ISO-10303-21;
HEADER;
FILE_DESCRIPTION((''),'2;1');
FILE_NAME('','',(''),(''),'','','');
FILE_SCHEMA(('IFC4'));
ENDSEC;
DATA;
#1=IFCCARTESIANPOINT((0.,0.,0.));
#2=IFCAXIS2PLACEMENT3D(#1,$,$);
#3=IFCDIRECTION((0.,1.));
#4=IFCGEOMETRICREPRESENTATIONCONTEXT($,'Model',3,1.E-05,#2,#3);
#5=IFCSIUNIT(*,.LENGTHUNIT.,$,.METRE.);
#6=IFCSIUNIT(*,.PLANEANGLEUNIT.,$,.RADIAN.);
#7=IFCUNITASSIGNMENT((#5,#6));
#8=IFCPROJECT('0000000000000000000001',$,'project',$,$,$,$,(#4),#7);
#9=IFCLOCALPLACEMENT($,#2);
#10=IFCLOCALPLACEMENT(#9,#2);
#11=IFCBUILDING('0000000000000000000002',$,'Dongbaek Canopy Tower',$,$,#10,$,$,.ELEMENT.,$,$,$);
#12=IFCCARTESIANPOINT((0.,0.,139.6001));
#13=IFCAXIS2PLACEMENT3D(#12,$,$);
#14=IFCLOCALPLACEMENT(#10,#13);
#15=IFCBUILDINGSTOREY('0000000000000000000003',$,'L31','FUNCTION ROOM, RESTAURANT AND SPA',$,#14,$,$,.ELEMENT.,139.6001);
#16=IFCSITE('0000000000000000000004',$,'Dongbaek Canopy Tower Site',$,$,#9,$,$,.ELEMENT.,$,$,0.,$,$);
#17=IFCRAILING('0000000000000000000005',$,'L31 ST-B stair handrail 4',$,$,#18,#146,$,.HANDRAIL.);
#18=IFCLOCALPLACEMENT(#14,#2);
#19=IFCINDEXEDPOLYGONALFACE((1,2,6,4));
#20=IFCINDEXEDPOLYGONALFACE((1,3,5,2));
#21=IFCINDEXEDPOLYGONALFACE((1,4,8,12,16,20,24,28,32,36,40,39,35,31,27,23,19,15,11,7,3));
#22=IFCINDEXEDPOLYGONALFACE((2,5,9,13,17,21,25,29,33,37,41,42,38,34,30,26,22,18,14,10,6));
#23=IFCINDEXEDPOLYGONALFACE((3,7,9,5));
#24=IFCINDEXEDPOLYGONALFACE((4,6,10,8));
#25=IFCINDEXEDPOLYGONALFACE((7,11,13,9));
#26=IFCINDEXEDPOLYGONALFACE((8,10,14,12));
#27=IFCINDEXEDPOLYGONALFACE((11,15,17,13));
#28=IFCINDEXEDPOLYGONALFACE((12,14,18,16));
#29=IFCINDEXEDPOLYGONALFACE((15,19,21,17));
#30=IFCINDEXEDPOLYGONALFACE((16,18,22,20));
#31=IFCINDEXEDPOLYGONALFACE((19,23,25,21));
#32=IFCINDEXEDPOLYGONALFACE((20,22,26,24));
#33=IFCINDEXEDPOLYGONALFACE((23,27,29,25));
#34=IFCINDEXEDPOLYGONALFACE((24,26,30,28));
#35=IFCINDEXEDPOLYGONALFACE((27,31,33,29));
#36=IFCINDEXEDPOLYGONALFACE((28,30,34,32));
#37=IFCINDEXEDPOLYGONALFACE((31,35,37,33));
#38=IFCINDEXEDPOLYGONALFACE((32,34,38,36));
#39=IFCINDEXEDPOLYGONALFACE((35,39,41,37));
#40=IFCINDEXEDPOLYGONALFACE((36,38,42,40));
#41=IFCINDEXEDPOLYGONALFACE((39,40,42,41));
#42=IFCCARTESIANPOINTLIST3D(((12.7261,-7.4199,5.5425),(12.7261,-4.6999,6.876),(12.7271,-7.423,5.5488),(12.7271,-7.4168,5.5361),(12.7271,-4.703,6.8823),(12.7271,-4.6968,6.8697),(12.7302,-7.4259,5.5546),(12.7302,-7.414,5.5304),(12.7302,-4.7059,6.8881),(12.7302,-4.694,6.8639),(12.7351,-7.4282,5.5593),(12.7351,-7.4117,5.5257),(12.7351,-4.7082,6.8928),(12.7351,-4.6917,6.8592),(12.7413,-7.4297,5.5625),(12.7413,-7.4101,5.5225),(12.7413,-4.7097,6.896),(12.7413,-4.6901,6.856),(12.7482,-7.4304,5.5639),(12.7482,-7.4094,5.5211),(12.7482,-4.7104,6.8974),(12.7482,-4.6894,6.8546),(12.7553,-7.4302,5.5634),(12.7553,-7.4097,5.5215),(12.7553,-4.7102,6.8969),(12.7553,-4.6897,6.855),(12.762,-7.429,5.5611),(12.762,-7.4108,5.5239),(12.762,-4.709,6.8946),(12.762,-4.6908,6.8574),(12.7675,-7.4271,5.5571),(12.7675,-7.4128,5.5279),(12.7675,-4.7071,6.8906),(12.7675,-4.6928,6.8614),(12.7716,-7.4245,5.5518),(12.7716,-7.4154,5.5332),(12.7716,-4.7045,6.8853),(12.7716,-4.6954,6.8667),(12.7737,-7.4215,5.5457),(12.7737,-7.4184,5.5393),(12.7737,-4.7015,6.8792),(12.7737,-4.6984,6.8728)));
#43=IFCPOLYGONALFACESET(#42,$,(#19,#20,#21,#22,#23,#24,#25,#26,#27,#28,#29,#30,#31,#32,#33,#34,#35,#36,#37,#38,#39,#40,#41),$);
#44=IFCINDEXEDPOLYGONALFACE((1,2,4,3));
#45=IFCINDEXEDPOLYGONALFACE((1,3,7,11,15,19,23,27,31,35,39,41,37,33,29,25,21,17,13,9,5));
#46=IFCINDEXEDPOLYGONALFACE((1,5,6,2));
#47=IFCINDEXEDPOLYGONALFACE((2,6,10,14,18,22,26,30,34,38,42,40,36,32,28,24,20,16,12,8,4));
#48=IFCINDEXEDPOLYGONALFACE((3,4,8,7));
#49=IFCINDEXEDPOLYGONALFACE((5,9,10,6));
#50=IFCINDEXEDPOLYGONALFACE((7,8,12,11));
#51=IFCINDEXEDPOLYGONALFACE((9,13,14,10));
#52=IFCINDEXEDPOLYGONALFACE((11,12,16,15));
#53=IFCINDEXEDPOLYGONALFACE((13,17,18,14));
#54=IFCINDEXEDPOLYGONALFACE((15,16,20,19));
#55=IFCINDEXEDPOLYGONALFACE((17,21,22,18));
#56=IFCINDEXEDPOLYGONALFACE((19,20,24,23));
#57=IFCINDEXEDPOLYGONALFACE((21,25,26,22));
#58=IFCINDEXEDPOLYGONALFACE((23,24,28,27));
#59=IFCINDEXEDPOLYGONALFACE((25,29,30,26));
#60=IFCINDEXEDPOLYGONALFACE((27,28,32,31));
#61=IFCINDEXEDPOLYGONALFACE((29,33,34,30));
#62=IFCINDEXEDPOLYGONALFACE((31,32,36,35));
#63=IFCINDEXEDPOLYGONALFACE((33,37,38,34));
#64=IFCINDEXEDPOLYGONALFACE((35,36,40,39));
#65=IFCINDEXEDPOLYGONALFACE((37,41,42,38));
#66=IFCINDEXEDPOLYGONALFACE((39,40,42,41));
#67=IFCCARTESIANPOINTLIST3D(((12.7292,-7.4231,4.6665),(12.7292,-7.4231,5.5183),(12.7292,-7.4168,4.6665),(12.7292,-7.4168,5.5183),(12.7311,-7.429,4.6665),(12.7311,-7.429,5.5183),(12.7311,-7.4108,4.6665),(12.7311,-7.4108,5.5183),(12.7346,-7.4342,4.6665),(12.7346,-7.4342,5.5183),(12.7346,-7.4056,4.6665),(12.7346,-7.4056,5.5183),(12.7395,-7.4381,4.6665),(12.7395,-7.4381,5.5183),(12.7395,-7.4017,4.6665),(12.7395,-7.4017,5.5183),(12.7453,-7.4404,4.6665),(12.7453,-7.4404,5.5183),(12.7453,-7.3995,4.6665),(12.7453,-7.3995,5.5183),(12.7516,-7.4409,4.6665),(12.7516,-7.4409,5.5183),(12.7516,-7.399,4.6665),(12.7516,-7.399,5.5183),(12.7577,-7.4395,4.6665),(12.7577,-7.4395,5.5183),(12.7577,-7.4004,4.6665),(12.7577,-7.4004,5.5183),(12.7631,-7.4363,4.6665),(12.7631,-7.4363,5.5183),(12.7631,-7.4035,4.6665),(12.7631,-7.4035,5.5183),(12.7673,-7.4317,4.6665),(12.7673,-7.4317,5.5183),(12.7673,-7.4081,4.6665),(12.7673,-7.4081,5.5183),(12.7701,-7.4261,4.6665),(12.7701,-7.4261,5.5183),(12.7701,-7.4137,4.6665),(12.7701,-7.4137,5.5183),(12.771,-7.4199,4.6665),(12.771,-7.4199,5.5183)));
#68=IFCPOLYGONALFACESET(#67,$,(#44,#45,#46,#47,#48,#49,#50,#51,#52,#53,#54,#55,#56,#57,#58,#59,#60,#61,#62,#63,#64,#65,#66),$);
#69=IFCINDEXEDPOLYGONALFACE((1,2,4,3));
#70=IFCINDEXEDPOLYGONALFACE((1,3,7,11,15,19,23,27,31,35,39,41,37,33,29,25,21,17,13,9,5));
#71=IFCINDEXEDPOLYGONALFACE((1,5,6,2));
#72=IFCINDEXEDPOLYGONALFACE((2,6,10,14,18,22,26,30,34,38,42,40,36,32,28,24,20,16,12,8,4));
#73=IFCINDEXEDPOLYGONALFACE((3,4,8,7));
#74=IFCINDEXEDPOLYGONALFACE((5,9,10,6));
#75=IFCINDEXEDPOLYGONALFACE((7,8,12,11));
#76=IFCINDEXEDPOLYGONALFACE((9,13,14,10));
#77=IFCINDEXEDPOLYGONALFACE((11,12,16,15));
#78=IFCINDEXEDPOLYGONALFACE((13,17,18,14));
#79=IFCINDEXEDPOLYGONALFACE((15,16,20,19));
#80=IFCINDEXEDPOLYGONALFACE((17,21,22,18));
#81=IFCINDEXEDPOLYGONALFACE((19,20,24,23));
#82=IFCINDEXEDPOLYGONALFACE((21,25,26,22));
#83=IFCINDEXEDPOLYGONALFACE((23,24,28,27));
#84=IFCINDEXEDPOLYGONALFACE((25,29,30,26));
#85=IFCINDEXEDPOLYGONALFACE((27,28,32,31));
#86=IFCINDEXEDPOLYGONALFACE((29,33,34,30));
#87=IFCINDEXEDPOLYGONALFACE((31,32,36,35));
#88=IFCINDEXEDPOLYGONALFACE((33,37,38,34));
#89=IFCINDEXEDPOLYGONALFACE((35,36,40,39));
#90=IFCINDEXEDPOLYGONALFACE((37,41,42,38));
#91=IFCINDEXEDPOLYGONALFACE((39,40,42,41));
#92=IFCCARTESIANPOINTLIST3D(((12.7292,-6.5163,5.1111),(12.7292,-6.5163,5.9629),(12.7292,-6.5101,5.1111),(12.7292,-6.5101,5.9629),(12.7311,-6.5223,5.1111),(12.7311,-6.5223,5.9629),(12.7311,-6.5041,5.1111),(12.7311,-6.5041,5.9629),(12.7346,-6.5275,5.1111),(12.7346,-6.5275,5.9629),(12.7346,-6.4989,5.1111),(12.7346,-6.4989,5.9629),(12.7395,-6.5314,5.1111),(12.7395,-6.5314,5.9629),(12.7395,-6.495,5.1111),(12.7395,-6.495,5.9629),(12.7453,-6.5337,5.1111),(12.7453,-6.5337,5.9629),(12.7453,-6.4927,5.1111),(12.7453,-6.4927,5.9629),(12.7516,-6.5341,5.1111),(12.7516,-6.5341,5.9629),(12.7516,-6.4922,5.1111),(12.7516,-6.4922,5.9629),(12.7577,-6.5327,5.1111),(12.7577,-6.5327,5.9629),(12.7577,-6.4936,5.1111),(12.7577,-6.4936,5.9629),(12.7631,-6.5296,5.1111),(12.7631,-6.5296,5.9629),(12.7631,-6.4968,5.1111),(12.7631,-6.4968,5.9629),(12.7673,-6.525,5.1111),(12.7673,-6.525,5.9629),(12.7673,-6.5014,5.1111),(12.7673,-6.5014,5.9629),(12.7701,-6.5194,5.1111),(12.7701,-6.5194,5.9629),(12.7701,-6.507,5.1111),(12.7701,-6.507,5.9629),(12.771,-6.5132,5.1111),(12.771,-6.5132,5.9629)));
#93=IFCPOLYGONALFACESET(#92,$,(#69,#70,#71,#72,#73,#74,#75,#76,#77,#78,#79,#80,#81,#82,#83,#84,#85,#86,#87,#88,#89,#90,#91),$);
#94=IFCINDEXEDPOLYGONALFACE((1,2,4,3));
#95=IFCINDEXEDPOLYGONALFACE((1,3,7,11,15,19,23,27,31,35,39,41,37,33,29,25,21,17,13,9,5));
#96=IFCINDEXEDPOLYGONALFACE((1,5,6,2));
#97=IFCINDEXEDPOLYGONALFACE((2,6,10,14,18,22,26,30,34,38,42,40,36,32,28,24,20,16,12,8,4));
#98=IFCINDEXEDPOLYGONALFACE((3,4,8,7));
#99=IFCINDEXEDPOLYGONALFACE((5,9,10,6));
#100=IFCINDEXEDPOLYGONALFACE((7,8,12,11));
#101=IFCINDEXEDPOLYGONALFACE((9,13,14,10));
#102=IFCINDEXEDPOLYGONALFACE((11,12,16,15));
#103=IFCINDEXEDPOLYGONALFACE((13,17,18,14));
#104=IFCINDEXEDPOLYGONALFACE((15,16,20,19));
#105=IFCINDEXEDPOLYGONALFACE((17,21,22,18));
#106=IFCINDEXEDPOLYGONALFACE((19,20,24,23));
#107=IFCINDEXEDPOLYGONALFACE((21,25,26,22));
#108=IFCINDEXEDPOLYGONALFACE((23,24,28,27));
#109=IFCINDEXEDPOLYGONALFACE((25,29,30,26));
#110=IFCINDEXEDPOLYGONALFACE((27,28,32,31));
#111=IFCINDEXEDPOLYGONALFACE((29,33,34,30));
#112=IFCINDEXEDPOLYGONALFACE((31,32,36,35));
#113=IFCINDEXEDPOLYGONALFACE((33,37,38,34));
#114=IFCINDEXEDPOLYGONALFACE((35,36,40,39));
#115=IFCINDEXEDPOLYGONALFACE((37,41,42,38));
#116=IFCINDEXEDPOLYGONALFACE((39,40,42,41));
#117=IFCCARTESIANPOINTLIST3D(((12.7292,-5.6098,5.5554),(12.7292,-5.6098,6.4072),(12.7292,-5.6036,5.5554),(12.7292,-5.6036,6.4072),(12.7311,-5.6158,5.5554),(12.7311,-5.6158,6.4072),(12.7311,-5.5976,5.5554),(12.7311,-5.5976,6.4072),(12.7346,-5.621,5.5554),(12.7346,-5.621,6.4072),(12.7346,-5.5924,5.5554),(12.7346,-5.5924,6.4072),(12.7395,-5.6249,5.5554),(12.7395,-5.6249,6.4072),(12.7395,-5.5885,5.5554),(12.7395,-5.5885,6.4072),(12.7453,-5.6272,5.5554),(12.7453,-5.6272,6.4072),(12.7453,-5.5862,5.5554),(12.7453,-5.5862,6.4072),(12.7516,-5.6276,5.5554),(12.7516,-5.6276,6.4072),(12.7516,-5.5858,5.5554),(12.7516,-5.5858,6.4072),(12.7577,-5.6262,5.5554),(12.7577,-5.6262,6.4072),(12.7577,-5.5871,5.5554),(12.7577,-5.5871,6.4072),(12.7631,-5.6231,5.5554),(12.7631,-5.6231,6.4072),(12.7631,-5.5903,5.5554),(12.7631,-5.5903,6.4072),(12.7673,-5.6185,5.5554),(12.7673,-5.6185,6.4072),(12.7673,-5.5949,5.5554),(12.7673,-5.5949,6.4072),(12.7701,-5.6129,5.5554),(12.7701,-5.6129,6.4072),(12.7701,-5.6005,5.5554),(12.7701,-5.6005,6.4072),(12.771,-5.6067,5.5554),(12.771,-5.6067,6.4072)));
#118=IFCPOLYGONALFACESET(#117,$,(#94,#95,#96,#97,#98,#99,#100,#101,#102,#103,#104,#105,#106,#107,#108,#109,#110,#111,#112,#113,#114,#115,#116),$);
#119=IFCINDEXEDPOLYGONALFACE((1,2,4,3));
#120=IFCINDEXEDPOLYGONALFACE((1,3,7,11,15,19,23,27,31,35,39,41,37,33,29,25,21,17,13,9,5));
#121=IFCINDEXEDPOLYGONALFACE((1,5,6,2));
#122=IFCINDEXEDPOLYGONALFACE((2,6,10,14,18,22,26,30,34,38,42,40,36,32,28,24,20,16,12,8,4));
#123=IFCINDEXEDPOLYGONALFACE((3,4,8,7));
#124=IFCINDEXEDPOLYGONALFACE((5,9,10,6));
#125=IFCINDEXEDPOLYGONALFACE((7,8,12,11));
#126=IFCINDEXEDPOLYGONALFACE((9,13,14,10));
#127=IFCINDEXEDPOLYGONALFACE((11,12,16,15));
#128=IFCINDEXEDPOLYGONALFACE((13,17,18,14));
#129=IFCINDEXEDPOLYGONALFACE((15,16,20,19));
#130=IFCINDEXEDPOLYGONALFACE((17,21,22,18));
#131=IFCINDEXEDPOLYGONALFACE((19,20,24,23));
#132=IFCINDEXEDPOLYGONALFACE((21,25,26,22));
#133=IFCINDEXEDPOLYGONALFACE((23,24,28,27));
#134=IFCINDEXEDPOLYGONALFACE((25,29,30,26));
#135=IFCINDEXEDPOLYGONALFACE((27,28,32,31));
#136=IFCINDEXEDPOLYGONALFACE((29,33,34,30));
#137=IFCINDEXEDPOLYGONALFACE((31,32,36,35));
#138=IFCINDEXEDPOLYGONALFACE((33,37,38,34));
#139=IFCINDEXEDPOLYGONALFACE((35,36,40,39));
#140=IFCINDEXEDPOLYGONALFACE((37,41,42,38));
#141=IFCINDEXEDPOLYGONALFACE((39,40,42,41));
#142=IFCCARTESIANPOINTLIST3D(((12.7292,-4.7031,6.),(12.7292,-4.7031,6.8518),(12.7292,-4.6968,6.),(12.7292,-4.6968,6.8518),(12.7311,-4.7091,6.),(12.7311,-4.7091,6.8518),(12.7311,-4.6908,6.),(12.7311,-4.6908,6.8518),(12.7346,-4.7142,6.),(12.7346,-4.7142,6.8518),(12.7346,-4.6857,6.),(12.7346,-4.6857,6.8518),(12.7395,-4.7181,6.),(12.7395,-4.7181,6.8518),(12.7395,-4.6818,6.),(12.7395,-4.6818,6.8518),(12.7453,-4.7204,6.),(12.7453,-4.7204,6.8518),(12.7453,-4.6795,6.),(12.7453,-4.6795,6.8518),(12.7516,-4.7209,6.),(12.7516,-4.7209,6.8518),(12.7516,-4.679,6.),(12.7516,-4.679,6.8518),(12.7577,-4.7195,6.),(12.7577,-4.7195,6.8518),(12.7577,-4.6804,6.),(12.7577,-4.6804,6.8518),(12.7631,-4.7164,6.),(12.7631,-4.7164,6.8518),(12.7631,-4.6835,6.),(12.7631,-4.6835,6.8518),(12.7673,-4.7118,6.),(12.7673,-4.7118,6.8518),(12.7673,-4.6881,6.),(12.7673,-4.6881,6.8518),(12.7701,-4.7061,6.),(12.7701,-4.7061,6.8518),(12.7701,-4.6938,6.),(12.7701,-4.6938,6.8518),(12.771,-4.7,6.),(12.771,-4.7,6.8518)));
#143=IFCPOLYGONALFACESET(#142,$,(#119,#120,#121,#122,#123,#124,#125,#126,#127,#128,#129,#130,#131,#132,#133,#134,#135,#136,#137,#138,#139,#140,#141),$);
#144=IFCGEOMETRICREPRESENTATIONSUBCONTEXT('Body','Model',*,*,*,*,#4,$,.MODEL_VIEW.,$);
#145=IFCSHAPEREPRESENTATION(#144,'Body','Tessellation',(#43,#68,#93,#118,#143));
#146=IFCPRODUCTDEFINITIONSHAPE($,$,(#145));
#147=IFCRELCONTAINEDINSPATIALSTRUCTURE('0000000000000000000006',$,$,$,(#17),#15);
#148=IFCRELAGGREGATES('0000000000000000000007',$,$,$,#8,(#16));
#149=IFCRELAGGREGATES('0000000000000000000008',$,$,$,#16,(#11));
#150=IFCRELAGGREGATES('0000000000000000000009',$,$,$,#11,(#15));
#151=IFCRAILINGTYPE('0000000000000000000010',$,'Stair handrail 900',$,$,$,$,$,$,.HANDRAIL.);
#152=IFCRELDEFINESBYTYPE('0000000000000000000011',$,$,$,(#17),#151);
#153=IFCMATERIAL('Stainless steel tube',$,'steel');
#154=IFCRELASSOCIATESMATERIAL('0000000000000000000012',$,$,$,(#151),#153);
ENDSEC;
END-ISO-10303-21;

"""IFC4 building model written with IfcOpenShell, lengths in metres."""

from ifc_helpers import new_model, si_unit, direction, frame, origin, origin_2d, place, context, subcontext, project, spatial, circle, extrude, material, type_object, element, save


model = new_model("IFC4")

# Units and contexts
model_context = context("Model", 3, precision=1e-05, world=origin(), true_north=direction((0.0, 1.0)))
body_context = subcontext(model_context, "Body", "Model", "MODEL_VIEW")
ifc_project = project(units=[si_unit("LENGTHUNIT", "METRE"), si_unit("PLANEANGLEUNIT", "RADIAN")], contexts=[model_context])

# Site, building, storey
site_placement = place(None, origin())
site = spatial("IfcSite", under=ifc_project, at=site_placement, Name="Dongbaek Canopy Tower Site", CompositionType="ELEMENT", RefElevation=0.0)
building_placement = place(site_placement, origin())
building = spatial("IfcBuilding", under=site, at=building_placement, Name="Dongbaek Canopy Tower", CompositionType="ELEMENT")
storey_placement = place(building_placement, frame((0.0, 0.0, 139.6001)))
storey = spatial("IfcBuildingStorey", under=building, at=storey_placement, Name="L31", Description="FUNCTION ROOM, RESTAURANT AND SPA", CompositionType="ELEMENT", Elevation=139.6001)

# Railing
ifc_material_1 = material(Name="Stainless steel tube", Category="steel")
railing_type_1 = type_object("IfcRailingType", Name="Stair handrail 900", PredefinedType="HANDRAIL", material=ifc_material_1)
for number, where, name in (
    (1, (12.75, -7.4199, 4.6665), "L31 ST-B stair handrail 4"),
):
    element("IfcRailing", number, at=place(storey_placement, frame(where)), inside=storey, type_object=railing_type_1, Name=name, PredefinedType="HANDRAIL", context=body_context, shape_type="SweptSolid", body=[
        extrude(circle(Radius=0.0239, at=origin_2d()), frame((0.0, 0.0, 0.876), z_axis=(0.0, 0.897898, 0.440204), x_axis=(-1.0, 0.0, 0.0)), (0.0, 0.0, 1.0), 3.0293),
        extrude(circle(Radius=0.021, at=origin_2d()), origin(), (0.0, 0.0, 1.0), 0.8518),
        extrude(circle(Radius=0.021, at=origin_2d()), frame((0.0, 0.9067, 0.4446)), (0.0, 0.0, 1.0), 0.8518),
        extrude(circle(Radius=0.021, at=origin_2d()), frame((0.0, 1.8132, 0.8889)), (0.0, 0.0, 1.0), 0.8518),
        extrude(circle(Radius=0.021, at=origin_2d()), frame((0.0, 2.72, 1.3335)), (0.0, 0.0, 1.0), 0.8518),
    ])

save(model, "model.ifc")
